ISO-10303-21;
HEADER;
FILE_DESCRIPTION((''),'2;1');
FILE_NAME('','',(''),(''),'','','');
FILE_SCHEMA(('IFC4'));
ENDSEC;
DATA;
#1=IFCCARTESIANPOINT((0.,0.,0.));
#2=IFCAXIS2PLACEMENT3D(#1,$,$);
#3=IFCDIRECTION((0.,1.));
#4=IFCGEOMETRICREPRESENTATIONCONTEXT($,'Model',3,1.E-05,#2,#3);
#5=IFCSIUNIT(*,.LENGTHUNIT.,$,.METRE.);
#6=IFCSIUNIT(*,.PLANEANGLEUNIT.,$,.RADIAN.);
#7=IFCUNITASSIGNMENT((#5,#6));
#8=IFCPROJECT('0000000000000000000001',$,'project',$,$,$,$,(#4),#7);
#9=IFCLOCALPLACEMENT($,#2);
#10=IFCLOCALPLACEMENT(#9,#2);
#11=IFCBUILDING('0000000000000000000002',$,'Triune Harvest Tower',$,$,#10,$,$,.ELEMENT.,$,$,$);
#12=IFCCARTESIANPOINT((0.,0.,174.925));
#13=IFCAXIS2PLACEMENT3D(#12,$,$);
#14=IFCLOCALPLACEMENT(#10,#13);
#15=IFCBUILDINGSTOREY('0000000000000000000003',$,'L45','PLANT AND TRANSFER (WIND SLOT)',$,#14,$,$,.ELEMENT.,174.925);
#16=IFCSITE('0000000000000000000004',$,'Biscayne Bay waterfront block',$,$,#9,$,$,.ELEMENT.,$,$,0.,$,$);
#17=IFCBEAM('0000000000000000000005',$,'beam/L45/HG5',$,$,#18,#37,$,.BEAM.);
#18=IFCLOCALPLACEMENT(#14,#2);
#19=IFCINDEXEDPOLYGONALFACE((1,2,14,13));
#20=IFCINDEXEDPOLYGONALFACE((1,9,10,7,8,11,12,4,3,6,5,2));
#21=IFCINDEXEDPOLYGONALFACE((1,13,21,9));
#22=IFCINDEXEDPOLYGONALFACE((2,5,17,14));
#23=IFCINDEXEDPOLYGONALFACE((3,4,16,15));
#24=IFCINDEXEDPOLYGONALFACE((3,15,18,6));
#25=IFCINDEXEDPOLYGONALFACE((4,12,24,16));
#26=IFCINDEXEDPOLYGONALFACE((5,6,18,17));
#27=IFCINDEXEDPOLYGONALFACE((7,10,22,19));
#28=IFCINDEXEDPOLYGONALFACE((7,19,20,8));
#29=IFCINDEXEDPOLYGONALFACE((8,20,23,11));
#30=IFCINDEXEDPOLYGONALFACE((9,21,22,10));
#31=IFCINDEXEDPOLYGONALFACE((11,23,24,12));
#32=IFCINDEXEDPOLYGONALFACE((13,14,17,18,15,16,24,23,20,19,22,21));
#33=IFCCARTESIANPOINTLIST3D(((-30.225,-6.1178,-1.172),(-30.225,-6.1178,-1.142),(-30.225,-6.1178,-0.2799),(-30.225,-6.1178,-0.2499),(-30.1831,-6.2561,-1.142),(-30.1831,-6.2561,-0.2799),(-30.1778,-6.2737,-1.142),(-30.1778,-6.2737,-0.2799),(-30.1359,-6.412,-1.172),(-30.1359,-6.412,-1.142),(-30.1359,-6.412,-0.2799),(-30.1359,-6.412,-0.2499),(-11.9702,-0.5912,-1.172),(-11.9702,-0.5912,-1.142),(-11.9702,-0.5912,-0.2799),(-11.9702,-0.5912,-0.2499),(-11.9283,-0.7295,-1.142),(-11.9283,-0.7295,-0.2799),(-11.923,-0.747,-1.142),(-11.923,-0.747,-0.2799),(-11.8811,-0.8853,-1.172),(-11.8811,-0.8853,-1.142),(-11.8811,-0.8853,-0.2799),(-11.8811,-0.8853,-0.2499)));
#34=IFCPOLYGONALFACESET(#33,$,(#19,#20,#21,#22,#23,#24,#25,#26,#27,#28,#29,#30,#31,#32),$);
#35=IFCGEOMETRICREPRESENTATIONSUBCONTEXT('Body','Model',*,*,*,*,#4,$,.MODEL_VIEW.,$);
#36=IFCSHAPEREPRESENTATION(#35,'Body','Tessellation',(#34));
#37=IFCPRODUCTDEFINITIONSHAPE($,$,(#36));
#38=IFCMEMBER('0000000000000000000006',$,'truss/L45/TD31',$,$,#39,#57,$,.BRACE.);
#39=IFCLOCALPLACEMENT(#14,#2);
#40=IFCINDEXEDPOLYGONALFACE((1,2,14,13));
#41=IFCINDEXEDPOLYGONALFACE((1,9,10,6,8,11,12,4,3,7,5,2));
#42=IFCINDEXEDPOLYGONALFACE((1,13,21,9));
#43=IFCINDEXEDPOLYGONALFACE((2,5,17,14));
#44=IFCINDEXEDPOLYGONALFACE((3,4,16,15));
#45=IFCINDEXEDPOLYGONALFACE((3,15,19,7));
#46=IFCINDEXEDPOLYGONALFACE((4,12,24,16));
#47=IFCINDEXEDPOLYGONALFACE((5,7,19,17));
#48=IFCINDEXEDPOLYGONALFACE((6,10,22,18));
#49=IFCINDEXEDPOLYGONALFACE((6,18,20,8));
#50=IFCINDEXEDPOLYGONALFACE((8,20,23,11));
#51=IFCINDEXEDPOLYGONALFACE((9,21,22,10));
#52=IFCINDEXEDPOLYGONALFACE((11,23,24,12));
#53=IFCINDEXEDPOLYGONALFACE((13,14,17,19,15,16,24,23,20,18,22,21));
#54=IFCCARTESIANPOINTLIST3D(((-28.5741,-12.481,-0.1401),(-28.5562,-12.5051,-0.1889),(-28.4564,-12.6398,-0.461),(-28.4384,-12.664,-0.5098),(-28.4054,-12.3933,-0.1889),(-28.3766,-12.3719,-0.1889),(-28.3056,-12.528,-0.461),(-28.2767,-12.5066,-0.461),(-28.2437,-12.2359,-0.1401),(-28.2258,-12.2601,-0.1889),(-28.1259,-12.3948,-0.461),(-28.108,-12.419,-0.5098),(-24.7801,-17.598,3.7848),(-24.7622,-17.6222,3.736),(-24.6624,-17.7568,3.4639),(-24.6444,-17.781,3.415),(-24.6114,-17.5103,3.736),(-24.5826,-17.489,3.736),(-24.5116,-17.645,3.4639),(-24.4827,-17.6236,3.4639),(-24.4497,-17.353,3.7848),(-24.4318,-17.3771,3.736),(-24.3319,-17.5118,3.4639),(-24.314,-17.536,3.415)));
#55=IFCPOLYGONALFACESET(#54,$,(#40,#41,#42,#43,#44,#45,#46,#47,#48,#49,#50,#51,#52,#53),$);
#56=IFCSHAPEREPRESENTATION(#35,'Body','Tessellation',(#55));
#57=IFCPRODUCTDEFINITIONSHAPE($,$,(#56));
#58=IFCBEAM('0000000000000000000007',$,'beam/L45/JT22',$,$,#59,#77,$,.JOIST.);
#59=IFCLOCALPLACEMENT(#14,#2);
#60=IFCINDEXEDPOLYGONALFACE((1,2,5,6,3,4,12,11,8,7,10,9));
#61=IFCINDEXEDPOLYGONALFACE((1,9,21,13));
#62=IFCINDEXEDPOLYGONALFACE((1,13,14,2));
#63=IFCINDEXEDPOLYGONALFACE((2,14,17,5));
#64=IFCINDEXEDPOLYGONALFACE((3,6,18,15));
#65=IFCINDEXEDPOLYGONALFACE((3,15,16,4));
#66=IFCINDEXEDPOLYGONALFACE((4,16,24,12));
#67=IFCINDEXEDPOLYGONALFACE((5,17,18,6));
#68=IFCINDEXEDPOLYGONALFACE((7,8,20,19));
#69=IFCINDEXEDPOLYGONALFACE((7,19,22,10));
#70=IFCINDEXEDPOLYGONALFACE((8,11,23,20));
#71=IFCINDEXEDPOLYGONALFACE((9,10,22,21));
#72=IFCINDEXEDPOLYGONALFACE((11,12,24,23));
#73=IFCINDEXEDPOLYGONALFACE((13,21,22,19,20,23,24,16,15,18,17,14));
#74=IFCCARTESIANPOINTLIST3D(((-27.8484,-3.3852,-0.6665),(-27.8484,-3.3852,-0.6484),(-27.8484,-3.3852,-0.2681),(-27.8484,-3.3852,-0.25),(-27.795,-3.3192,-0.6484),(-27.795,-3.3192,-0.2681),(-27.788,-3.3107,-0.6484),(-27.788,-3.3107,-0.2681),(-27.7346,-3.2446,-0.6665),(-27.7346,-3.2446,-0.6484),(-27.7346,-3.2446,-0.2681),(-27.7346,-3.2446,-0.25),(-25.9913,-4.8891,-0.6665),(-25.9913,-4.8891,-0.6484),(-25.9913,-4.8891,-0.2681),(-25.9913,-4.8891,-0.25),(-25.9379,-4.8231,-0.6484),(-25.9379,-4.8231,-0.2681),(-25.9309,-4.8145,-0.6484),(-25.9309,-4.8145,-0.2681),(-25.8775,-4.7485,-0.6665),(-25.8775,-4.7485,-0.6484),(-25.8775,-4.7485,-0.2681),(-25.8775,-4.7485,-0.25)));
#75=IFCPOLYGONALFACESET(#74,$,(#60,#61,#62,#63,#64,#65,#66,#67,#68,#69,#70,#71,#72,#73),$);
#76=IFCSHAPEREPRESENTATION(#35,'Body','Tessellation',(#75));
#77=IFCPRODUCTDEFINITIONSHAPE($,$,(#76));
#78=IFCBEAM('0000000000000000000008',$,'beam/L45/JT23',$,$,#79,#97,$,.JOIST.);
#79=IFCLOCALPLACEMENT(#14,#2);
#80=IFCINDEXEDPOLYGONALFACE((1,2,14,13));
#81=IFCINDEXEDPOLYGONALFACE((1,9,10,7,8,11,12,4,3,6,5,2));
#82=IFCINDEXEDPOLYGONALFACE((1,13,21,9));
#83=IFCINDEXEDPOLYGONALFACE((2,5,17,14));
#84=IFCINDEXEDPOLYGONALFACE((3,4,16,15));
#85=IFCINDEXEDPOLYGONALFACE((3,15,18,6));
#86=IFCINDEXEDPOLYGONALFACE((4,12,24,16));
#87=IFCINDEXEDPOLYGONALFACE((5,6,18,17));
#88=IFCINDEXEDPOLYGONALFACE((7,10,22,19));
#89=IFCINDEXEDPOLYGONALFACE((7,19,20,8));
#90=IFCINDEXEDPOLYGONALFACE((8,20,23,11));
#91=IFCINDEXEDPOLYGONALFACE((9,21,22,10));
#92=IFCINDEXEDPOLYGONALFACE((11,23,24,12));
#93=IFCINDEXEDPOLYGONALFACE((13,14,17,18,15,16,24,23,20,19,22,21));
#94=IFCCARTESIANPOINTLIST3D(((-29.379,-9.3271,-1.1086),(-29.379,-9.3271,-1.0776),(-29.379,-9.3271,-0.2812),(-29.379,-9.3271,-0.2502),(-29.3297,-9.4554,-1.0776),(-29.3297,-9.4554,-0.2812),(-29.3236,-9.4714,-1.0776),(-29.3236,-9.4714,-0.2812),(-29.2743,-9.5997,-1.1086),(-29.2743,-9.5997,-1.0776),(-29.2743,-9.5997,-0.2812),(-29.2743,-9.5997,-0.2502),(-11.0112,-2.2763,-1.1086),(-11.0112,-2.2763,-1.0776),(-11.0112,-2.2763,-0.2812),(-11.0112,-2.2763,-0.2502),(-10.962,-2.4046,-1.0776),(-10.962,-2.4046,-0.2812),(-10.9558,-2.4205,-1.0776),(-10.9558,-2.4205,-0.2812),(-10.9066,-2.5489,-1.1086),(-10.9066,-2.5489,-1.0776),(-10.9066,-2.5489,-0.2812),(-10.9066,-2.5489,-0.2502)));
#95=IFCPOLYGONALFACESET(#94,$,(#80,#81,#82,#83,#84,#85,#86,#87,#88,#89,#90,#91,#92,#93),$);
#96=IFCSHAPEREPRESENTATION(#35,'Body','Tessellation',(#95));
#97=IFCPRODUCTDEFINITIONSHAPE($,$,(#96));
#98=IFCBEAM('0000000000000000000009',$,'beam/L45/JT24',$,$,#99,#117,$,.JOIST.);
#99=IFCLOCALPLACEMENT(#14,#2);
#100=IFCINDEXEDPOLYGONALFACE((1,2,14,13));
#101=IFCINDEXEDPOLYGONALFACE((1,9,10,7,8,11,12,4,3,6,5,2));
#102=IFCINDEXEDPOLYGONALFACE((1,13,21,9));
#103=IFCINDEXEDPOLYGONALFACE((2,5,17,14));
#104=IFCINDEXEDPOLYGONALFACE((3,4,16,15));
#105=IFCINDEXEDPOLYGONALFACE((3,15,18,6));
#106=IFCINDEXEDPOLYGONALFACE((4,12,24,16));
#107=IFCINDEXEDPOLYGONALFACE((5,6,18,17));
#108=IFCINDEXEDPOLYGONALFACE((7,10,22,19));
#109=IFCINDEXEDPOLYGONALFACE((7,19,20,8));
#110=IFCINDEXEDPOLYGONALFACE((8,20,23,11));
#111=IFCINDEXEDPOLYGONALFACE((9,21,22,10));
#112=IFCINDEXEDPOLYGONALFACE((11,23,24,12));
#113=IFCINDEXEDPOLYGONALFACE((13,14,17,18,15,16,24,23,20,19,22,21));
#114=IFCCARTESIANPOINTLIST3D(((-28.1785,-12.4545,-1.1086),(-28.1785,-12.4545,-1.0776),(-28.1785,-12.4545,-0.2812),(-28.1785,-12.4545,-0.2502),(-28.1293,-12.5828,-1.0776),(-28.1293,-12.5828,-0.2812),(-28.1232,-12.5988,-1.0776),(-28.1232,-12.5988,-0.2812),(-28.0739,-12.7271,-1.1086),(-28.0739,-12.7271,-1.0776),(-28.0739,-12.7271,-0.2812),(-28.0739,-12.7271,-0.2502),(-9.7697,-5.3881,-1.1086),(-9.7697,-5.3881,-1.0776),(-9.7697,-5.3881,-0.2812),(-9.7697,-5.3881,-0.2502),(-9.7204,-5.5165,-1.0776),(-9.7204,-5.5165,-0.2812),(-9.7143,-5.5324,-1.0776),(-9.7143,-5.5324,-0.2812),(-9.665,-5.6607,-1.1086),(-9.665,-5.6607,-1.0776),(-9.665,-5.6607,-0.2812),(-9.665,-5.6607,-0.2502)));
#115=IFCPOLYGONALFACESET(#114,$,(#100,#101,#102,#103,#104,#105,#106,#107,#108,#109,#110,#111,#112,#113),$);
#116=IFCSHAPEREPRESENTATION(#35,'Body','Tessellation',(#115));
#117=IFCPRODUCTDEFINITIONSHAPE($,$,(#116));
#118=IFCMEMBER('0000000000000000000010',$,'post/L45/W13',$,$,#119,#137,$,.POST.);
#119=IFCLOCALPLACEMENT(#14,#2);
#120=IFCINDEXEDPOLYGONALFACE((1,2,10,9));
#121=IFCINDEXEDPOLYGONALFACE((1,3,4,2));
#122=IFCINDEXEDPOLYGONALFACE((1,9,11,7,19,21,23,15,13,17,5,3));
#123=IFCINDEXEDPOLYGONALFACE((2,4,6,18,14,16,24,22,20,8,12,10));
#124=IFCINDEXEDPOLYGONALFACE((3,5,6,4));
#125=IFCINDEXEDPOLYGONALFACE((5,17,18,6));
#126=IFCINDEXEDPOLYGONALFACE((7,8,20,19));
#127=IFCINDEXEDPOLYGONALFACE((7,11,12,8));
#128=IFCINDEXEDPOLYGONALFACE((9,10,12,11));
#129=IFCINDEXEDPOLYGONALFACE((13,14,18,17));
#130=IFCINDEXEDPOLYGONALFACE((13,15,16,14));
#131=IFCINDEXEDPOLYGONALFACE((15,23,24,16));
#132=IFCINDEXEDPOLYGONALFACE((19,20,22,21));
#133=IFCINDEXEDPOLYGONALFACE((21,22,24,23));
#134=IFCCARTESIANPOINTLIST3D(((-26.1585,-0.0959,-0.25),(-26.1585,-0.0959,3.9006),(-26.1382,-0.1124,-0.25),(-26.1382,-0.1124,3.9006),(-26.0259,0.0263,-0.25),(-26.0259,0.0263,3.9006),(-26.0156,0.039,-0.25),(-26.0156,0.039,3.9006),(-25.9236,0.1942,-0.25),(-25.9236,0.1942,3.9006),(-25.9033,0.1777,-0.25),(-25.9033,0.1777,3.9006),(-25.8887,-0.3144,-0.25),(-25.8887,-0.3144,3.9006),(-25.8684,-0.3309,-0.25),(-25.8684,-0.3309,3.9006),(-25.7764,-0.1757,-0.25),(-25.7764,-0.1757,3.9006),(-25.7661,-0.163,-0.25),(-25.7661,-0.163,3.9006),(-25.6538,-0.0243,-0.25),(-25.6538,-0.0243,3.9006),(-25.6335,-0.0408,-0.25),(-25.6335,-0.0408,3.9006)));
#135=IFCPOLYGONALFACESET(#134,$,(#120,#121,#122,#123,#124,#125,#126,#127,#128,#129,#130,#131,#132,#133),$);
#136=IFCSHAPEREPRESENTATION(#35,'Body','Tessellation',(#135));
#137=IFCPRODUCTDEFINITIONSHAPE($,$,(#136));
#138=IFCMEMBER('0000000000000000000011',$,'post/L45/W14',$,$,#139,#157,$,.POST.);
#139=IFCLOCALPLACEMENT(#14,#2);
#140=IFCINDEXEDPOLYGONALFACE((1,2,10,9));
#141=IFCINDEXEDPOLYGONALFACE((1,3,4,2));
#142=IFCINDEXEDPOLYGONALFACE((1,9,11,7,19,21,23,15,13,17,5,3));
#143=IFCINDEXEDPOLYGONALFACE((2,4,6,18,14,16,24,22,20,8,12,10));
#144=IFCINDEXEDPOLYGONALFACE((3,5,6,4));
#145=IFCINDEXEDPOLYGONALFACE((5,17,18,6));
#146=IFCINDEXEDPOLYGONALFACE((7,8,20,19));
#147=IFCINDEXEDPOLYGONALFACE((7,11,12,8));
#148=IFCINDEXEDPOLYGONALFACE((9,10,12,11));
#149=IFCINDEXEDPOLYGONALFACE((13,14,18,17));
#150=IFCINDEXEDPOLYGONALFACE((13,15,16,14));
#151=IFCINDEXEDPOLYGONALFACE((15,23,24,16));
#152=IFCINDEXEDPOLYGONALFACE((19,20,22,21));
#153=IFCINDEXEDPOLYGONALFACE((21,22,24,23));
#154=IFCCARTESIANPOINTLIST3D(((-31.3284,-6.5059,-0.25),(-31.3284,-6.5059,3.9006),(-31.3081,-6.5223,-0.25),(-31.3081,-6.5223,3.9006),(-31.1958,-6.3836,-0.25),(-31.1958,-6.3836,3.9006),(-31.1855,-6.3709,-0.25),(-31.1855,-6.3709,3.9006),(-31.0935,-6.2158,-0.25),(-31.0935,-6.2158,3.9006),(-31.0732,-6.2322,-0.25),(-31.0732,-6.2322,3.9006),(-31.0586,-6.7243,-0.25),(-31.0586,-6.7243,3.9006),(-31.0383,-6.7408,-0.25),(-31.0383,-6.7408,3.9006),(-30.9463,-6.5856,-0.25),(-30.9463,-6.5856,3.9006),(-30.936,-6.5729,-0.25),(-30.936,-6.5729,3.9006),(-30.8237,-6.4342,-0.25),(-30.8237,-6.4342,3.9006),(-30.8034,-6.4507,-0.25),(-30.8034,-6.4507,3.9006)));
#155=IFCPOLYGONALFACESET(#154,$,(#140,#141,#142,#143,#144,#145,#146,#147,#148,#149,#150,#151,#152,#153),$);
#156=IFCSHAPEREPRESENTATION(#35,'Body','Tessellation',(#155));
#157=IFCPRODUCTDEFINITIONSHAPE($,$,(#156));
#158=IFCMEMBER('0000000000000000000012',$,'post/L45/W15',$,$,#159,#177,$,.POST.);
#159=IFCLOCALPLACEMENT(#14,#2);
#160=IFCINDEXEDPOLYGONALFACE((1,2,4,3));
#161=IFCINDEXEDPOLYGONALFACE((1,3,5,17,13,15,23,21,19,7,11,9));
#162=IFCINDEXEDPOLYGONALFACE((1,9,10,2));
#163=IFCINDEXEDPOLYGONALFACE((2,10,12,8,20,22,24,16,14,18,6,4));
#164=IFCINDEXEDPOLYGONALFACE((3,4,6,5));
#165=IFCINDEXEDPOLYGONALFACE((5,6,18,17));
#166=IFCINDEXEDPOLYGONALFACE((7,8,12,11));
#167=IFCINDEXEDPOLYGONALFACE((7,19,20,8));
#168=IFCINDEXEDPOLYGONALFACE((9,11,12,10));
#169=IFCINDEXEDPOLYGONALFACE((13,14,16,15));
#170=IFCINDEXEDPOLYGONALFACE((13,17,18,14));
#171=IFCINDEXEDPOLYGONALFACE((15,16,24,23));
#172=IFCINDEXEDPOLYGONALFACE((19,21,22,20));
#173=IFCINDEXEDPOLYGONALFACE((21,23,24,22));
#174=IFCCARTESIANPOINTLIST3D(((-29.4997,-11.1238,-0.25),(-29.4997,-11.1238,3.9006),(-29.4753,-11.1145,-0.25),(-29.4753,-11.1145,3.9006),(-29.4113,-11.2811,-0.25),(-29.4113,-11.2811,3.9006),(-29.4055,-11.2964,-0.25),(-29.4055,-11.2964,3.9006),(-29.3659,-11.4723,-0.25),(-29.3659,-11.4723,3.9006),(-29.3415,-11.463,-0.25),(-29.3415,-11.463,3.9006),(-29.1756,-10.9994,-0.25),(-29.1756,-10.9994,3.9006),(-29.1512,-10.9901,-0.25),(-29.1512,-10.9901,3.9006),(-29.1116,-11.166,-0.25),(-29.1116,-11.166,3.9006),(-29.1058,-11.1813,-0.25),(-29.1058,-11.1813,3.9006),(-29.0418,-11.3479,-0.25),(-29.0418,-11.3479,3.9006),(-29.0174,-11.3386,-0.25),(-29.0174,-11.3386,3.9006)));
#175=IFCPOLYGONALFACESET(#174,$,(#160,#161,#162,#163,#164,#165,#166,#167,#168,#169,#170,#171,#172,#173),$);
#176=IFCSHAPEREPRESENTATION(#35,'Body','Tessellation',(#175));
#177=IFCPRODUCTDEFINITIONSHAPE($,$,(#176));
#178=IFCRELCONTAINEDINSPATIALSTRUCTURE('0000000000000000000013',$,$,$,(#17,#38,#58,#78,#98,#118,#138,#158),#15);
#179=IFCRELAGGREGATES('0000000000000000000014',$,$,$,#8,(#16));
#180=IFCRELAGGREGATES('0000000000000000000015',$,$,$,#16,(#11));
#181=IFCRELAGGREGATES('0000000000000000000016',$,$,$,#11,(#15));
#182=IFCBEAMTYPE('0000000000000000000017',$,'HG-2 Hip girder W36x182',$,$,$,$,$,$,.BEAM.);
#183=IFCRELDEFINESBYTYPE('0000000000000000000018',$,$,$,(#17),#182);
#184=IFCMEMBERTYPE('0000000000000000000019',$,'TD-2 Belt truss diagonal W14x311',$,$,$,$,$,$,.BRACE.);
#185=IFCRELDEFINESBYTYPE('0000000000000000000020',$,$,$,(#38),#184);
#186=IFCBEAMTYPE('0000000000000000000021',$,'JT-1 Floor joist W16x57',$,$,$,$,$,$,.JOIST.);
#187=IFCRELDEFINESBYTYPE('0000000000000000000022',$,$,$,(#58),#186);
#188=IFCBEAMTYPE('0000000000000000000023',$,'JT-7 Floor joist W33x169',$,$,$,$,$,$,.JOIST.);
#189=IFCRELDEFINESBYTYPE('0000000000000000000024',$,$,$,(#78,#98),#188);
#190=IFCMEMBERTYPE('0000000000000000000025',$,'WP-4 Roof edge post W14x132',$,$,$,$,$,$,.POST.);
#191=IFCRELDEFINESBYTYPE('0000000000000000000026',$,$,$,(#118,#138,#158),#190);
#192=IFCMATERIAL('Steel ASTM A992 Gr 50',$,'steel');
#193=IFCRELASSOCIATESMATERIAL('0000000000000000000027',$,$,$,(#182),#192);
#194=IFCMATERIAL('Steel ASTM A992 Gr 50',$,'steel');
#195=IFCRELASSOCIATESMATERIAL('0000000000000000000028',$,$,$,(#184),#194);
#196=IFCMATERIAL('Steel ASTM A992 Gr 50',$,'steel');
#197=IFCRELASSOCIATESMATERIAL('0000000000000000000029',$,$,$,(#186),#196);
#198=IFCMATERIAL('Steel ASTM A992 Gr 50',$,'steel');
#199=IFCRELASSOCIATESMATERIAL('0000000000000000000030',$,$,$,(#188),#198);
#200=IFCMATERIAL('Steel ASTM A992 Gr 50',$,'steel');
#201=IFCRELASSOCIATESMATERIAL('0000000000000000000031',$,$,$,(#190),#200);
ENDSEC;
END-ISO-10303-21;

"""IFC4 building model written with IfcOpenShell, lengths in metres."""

from ifc_helpers import new_model, si_unit, direction, frame, origin, origin_2d, place, context, subcontext, project, spatial, i_section, extrude, source, transform, mapped, material, material_profile, profile_set, type_object, element, save


model = new_model("IFC4")

# Units and contexts
model_context = context("Model", 3, precision=1e-05, world=origin(), true_north=direction((0.0, 1.0)))
body_context = subcontext(model_context, "Body", "Model", "MODEL_VIEW")
ifc_project = project(units=[si_unit("LENGTHUNIT", "METRE"), si_unit("PLANEANGLEUNIT", "RADIAN")], contexts=[model_context])

# Site, building, storey
site_placement = place(None, origin())
site = spatial("IfcSite", under=ifc_project, at=site_placement, Name="Biscayne Bay waterfront block", CompositionType="ELEMENT", RefElevation=0.0)
building_placement = place(site_placement, origin())
building = spatial("IfcBuilding", under=site, at=building_placement, Name="Triune Harvest Tower", CompositionType="ELEMENT")
storey_placement = place(building_placement, frame((0.0, 0.0, 174.925)))
storey = spatial("IfcBuildingStorey", under=building, at=storey_placement, Name="L45", Description="PLANT AND TRANSFER (WIND SLOT)", CompositionType="ELEMENT", Elevation=174.925)

# Beam
ifc_material_1 = material(Name="Steel ASTM A992 Gr 50", Category="steel")
ifc_material_profile_1 = material_profile(ifc_material_1, i_section(OverallWidth=0.3074, OverallDepth=0.9221, WebThickness=0.0183, FlangeThickness=0.03, at=origin_2d()), Name="W36x182")
ifc_profile_set_1 = profile_set([ifc_material_profile_1], Name="Steel ASTM A992 Gr 50")
beam_type_1 = type_object("IfcBeamType", Name="HG-2 Hip girder W36x182", PredefinedType="BEAM", material=ifc_profile_set_1)
beam_1_placement = place(storey_placement, frame((-30.1804, -6.2649, -0.7109), z_axis=(0.957099, 0.289763, 0.0), x_axis=(-0.289763, 0.957099, 0.0)))
element("IfcBeam", 1, at=beam_1_placement, inside=storey, type_object=beam_type_1, Name="beam/L45/HG5", PredefinedType="BEAM", context=body_context, shape_type="SweptSolid", body=[
    extrude(i_section(OverallWidth=0.3074, OverallDepth=0.9221, WebThickness=0.0183, FlangeThickness=0.03, at=origin_2d()), origin(), (0.0, 0.0, 1.0), 19.073),
])

# Member
ifc_material_2 = material(Name="Steel ASTM A992 Gr 50", Category="steel")
ifc_material_profile_2 = material_profile(ifc_material_2, i_section(OverallWidth=0.4114, OverallDepth=0.4343, WebThickness=0.0359, FlangeThickness=0.0574, at=origin_2d()), Name="W14x311")
ifc_profile_set_2 = profile_set([ifc_material_profile_2], Name="Steel ASTM A992 Gr 50")
member_type_1 = type_object("IfcMemberType", Name="TD-2 Belt truss diagonal W14x311", PredefinedType="BRACE", material=ifc_profile_set_2)
member_1_placement = place(storey_placement, frame((-28.3411, -12.45, -0.325), z_axis=(0.507072, -0.683895, 0.524562), x_axis=(0.803286, 0.595594, 0.0)))
element("IfcMember", 2, at=member_1_placement, inside=storey, type_object=member_type_1, Name="truss/L45/TD31", PredefinedType="BRACE", context=body_context, shape_type="SweptSolid", body=[
    extrude(i_section(OverallWidth=0.4114, OverallDepth=0.4343, WebThickness=0.0359, FlangeThickness=0.0574, at=origin_2d()), origin(), (0.0, 0.0, 1.0), 7.4822),
])

# Beams
ifc_material_3 = material(Name="Steel ASTM A992 Gr 50", Category="steel")
ifc_material_profile_3 = material_profile(ifc_material_3, i_section(OverallWidth=0.1809, OverallDepth=0.4165, WebThickness=0.011, FlangeThickness=0.0181, at=origin_2d()), Name="W16x57")
ifc_profile_set_3 = profile_set([ifc_material_profile_3], Name="Steel ASTM A992 Gr 50")
beam_type_2 = type_object("IfcBeamType", Name="JT-1 Floor joist W16x57", PredefinedType="JOIST", material=ifc_profile_set_3)
shared_shape_1 = source(origin(), body_context, "Body", "SweptSolid", [
    extrude(i_section(OverallWidth=0.1809, OverallDepth=0.4165, WebThickness=0.011, FlangeThickness=0.0181, at=origin_2d()), origin(), (0.0, 0.0, 1.0), 2.3896),
])
beam_2_placement = place(storey_placement, frame((-27.7915, -3.3149, -0.4583), z_axis=(0.777147, -0.629319, 0.0), x_axis=(0.629319, 0.777147, 0.0)))
element("IfcBeam", 3, at=beam_2_placement, inside=storey, type_object=beam_type_2, Name="beam/L45/JT22", PredefinedType="JOIST", context=body_context, shape_type="MappedRepresentation", body=[
    mapped(shared_shape_1, transform((0.0, 0.0, 0.0), scale=1.0)),
])
ifc_material_4 = material(Name="Steel ASTM A992 Gr 50", Category="steel")
ifc_material_profile_4 = material_profile(ifc_material_4, i_section(OverallWidth=0.292, OverallDepth=0.8584, WebThickness=0.0171, FlangeThickness=0.031, at=origin_2d()), Name="W33x169")
ifc_profile_set_4 = profile_set([ifc_material_profile_4], Name="Steel ASTM A992 Gr 50")
beam_type_3 = type_object("IfcBeamType", Name="JT-7 Floor joist W33x169", PredefinedType="JOIST", material=ifc_profile_set_4)
shared_shape_2 = source(origin(), body_context, "Body", "SweptSolid", [
    extrude(i_section(OverallWidth=0.292, OverallDepth=0.8584, WebThickness=0.0171, FlangeThickness=0.031, at=origin_2d()), origin(), (0.0, 0.0, 1.0), 19.6746),
])
beam_3_placement = place(storey_placement, frame((-29.3267, -9.4634, -0.6794), z_axis=(0.933579, 0.358372, 0.0), x_axis=(-0.358372, 0.933579, 0.0)))
element("IfcBeam", 4, at=beam_3_placement, inside=storey, type_object=beam_type_3, Name="beam/L45/JT23", PredefinedType="JOIST", context=body_context, shape_type="MappedRepresentation", body=[
    mapped(shared_shape_2, transform((0.0, 0.0, 0.0), scale=1.0)),
])
shared_shape_3 = source(origin(), body_context, "Body", "SweptSolid", [
    extrude(i_section(OverallWidth=0.292, OverallDepth=0.8584, WebThickness=0.0171, FlangeThickness=0.031, at=origin_2d()), origin(), (0.0, 0.0, 1.0), 19.7185),
])
beam_4_placement = place(storey_placement, frame((-28.1262, -12.5908, -0.6794), z_axis=(0.933582, 0.358363, 0.0), x_axis=(-0.358363, 0.933582, 0.0)))
element("IfcBeam", 5, at=beam_4_placement, inside=storey, type_object=beam_type_3, Name="beam/L45/JT24", PredefinedType="JOIST", context=body_context, shape_type="MappedRepresentation", body=[
    mapped(shared_shape_3, transform((0.0, 0.0, 0.0), scale=1.0)),
])

# Members
ifc_material_5 = material(Name="Steel ASTM A992 Gr 50", Category="steel")
ifc_material_profile_5 = material_profile(ifc_material_5, i_section(OverallWidth=0.3733, OverallDepth=0.3733, WebThickness=0.0164, FlangeThickness=0.0261, at=origin_2d()), Name="W14x132")
ifc_profile_set_5 = profile_set([ifc_material_profile_5], Name="Steel ASTM A992 Gr 50")
member_type_2 = type_object("IfcMemberType", Name="WP-4 Roof edge post W14x132", PredefinedType="POST", material=ifc_profile_set_5)
shared_shape_4 = source(origin(), body_context, "Body", "SweptSolid", [
    extrude(i_section(OverallWidth=0.3733, OverallDepth=0.3733, WebThickness=0.0164, FlangeThickness=0.0261, at=origin_2d()), origin(), (0.0, 0.0, 1.0), 4.1506),
])
for number, where, z_axis, x_axis, name in (
    (6, (-25.896, -0.0684, -0.25), (0.0, 0.0, 1.0), (-0.629322, -0.777145, 0.0), "post/L45/W13"),
    (7, (-31.0659, -6.4783, -0.25), (0.0, 0.0, 1.0), (-0.629322, -0.777145, 0.0), "post/L45/W14"),
    (8, (-29.2585, -11.2312, -0.25), (0.0, 0.0, 1.0), (0.358366, -0.933581, 0.0), "post/L45/W15"),
):
    element("IfcMember", number, at=place(storey_placement, frame(where, z_axis=z_axis, x_axis=x_axis)), inside=storey, type_object=member_type_2, Name=name, PredefinedType="POST", context=body_context, shape_type="MappedRepresentation", body=[
        mapped(shared_shape_4, transform((0.0, 0.0, 0.0), scale=1.0)),
    ])

save(model, "model.ifc")
